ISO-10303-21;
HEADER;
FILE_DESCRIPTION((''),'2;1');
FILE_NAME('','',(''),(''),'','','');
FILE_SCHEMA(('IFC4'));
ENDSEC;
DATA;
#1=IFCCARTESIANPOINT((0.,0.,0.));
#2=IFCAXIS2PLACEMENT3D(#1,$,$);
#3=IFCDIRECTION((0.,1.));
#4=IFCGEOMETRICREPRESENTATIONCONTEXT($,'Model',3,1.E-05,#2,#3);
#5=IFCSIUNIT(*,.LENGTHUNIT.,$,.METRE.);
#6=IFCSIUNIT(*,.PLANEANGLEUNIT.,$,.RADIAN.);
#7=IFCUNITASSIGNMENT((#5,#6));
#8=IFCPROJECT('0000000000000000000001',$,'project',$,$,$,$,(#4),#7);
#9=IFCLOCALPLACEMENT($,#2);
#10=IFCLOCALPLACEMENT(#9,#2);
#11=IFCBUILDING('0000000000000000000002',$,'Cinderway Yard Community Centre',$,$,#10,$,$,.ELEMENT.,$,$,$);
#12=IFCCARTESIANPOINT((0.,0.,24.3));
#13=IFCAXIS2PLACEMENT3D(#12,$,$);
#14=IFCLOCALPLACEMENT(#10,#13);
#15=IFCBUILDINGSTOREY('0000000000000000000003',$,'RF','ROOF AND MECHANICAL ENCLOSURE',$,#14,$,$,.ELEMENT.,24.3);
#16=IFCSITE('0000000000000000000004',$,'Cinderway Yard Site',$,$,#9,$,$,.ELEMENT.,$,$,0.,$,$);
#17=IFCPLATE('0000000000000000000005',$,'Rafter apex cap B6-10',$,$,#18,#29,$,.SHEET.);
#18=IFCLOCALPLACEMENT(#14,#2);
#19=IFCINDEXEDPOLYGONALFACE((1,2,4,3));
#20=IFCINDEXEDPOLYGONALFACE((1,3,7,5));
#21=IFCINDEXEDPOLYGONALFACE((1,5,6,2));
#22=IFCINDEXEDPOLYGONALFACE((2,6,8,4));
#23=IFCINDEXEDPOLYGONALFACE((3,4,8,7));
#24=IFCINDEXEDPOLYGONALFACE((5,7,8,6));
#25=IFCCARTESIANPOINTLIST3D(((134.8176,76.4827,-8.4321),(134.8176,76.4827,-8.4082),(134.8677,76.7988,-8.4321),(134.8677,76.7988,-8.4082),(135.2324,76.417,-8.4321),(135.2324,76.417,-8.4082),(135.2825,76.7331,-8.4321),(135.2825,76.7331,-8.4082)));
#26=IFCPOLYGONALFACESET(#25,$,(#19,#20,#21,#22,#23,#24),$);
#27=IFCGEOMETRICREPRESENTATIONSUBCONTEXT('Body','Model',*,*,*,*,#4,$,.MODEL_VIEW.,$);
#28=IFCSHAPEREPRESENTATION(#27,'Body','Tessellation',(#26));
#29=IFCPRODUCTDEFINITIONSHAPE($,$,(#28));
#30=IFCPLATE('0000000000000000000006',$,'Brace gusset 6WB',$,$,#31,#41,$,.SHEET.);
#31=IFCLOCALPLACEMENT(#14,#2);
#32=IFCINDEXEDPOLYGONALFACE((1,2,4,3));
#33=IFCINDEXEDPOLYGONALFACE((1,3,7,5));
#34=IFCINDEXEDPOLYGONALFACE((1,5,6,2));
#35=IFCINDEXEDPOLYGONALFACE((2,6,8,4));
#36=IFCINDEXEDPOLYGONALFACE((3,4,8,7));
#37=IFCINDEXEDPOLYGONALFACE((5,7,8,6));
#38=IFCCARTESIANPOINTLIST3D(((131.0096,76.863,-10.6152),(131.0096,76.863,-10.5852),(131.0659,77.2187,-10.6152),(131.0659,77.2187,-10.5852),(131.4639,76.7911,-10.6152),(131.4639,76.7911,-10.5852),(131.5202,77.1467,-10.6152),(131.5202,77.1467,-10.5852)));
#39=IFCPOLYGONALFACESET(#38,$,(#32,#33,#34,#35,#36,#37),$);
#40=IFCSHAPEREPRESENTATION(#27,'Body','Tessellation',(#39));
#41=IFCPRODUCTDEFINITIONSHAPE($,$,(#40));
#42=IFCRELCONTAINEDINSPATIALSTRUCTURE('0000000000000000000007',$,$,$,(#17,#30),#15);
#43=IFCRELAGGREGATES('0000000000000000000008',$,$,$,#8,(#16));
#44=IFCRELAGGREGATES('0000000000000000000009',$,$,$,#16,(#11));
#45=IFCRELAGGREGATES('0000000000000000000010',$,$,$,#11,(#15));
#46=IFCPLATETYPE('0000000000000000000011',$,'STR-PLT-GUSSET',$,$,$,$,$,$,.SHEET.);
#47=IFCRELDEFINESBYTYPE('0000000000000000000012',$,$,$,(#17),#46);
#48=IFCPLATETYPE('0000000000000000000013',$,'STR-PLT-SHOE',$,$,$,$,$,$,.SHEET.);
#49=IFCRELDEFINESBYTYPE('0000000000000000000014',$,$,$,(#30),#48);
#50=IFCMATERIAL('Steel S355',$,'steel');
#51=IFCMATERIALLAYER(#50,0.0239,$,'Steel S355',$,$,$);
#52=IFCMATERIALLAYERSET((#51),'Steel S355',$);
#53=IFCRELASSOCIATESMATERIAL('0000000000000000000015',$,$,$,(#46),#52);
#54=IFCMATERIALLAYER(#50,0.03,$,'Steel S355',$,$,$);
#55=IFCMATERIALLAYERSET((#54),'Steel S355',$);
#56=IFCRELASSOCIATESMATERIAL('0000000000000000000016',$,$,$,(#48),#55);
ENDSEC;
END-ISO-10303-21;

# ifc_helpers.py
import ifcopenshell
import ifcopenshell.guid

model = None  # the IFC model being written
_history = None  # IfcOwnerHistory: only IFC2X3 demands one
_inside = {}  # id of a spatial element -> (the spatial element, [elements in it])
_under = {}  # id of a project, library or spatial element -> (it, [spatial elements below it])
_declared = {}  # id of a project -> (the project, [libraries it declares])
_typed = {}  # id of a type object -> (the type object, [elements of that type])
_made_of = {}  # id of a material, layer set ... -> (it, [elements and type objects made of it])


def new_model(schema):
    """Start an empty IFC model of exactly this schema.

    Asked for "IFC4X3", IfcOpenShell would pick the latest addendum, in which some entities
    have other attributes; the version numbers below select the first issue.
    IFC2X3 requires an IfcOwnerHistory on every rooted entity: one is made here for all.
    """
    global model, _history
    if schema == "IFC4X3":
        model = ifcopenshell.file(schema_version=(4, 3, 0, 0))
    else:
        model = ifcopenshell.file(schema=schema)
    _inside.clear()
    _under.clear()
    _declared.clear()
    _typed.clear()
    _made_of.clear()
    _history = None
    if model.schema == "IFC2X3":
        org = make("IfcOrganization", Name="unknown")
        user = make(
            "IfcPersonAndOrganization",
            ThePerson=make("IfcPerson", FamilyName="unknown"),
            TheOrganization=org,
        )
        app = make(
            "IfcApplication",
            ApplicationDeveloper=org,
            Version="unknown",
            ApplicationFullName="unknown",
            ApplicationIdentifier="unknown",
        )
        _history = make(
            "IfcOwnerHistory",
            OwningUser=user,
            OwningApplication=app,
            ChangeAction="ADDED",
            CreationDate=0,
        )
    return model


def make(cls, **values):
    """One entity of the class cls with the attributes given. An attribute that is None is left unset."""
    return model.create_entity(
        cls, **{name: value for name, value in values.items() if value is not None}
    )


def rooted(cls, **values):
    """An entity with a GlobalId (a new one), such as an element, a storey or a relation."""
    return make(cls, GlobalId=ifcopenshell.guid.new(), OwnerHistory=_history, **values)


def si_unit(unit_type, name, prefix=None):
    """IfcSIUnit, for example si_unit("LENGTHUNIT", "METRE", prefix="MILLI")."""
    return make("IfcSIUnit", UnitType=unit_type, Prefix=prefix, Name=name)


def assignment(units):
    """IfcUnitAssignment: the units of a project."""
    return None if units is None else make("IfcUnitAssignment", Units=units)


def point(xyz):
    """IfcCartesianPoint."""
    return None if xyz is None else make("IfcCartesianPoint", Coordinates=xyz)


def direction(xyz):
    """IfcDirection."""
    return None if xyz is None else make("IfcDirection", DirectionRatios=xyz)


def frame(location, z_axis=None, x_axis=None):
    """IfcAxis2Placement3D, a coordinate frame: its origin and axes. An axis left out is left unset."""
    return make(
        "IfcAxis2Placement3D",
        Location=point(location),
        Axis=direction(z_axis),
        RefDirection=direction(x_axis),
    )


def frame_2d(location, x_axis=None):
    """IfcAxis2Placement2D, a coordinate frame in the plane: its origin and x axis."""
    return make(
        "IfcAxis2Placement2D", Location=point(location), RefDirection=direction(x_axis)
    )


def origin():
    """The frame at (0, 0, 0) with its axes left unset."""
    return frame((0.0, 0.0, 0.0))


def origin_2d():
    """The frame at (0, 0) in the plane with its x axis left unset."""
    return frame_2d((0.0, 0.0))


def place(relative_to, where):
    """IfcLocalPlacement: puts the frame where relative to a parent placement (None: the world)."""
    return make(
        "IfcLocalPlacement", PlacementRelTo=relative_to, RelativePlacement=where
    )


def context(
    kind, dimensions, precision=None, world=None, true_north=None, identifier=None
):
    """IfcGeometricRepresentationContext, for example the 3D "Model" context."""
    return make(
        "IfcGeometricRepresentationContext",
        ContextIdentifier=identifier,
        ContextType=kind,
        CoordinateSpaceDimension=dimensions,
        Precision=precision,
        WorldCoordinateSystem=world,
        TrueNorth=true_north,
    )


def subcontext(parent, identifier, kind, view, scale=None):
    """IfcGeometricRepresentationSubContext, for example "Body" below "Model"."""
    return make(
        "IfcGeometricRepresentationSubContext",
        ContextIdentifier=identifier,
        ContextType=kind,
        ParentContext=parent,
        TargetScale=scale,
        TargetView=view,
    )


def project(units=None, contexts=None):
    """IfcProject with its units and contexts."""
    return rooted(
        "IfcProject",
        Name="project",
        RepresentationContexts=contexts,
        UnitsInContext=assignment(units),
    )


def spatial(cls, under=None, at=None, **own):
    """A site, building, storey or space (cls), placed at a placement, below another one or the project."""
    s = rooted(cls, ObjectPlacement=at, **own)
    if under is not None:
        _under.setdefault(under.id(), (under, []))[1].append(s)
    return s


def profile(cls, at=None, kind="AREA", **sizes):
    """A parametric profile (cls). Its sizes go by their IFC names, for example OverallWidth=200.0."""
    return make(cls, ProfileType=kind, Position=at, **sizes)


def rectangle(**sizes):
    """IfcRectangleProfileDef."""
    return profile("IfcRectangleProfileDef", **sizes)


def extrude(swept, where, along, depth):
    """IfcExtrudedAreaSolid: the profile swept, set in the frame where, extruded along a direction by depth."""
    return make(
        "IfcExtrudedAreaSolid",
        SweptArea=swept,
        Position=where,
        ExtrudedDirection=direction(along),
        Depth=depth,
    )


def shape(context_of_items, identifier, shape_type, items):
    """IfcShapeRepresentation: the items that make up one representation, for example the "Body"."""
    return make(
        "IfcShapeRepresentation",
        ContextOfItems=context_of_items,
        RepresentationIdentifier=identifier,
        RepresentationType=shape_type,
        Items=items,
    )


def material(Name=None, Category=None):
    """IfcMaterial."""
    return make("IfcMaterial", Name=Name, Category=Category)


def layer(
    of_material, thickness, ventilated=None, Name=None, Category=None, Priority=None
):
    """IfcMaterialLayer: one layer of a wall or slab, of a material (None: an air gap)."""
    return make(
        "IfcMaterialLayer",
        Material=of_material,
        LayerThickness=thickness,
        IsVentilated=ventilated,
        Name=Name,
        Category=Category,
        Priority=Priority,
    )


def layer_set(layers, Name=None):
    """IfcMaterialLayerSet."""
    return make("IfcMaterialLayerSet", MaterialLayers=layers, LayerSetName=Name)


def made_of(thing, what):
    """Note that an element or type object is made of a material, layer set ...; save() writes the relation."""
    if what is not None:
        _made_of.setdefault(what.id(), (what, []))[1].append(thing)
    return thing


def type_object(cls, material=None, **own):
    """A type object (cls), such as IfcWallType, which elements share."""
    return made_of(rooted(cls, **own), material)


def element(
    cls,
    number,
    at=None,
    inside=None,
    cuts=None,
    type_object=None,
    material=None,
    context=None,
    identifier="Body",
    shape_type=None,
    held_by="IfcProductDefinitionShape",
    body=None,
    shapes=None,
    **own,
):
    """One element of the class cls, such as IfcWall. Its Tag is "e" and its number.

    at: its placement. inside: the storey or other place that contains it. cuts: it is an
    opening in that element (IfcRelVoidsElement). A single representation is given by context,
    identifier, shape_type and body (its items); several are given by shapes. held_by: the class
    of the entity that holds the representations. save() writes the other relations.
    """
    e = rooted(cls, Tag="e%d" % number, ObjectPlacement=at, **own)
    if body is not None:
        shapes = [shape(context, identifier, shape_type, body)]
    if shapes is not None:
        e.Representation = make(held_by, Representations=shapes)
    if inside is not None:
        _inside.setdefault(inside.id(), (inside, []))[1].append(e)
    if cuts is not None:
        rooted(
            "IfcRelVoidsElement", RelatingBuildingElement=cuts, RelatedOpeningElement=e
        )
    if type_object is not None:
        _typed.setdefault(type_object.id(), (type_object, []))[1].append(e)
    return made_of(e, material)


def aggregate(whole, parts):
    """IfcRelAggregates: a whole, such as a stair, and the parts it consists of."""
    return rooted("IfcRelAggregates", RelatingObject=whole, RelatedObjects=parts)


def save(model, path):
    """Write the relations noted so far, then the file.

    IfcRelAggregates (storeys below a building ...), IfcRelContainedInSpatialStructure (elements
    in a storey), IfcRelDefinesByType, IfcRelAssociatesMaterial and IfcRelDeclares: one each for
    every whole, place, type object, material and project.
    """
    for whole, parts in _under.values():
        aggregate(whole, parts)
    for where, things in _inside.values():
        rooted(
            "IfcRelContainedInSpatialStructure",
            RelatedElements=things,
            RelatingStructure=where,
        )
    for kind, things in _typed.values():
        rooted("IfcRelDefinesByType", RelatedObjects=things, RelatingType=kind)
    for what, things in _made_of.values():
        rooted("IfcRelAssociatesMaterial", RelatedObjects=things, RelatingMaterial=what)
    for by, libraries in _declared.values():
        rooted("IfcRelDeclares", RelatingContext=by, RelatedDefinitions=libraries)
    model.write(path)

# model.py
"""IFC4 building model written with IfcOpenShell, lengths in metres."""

from ifc_helpers import new_model, si_unit, direction, frame, origin, origin_2d, place, context, subcontext, project, spatial, rectangle, extrude, material, layer, layer_set, type_object, element, save


model = new_model("IFC4")

# Units and contexts
model_context = context("Model", 3, precision=1e-05, world=origin(), true_north=direction((0.0, 1.0)))
body_context = subcontext(model_context, "Body", "Model", "MODEL_VIEW")
ifc_project = project(units=[si_unit("LENGTHUNIT", "METRE"), si_unit("PLANEANGLEUNIT", "RADIAN")], contexts=[model_context])

# Site, building, storey
site_placement = place(None, origin())
site = spatial("IfcSite", under=ifc_project, at=site_placement, Name="Cinderway Yard Site", CompositionType="ELEMENT", RefElevation=0.0)
building_placement = place(site_placement, origin())
building = spatial("IfcBuilding", under=site, at=building_placement, Name="Cinderway Yard Community Centre", CompositionType="ELEMENT")
storey_placement = place(building_placement, frame((0.0, 0.0, 24.3)))
storey = spatial("IfcBuildingStorey", under=building, at=storey_placement, Name="RF", Description="ROOF AND MECHANICAL ENCLOSURE", CompositionType="ELEMENT", Elevation=24.3)

# Shared definitions
ifc_material_1 = material(Name="Steel S355", Category="steel")

# Plates
ifc_layer_1 = layer(ifc_material_1, 0.0239, Name="Steel S355")
ifc_layer_set_1 = layer_set([ifc_layer_1], Name="Steel S355")
plate_type_1 = type_object("IfcPlateType", Name="STR-PLT-GUSSET", PredefinedType="SHEET", material=ifc_layer_set_1)
for number, where, z_axis, x_axis, name in (
    (1, (135.05, 76.6079, -8.4321), (0.0, 0.0, 1.0), (0.987688, -0.156434, 0.0), "Rafter apex cap B6-10"),
):
    element("IfcPlate", number, at=place(storey_placement, frame(where, z_axis=z_axis, x_axis=x_axis)), inside=storey, type_object=plate_type_1, Name=name, PredefinedType="SHEET", context=body_context, shape_type="SweptSolid", body=[
        extrude(rectangle(XDim=0.4199, YDim=0.3201, at=origin_2d()), origin(), (0.0, 0.0, 1.0), 0.0239),
    ])
ifc_layer_2 = layer(ifc_material_1, 0.03, Name="Steel S355")
ifc_layer_set_2 = layer_set([ifc_layer_2], Name="Steel S355")
plate_type_2 = type_object("IfcPlateType", Name="STR-PLT-SHOE", PredefinedType="SHEET", material=ifc_layer_set_2)
plate_1_placement = place(storey_placement, frame((131.2649, 77.0049, -10.6152), z_axis=(0.0, 0.0, 1.0), x_axis=(0.987688, -0.156434, 0.0)))
element("IfcPlate", 2, at=plate_1_placement, inside=storey, type_object=plate_type_2, Name="Brace gusset 6WB", PredefinedType="SHEET", context=body_context, shape_type="SweptSolid", body=[
    extrude(rectangle(XDim=0.46, YDim=0.3601, at=origin_2d()), origin(), (0.0, 0.0, 1.0), 0.03),
])

save(model, "model.ifc")
